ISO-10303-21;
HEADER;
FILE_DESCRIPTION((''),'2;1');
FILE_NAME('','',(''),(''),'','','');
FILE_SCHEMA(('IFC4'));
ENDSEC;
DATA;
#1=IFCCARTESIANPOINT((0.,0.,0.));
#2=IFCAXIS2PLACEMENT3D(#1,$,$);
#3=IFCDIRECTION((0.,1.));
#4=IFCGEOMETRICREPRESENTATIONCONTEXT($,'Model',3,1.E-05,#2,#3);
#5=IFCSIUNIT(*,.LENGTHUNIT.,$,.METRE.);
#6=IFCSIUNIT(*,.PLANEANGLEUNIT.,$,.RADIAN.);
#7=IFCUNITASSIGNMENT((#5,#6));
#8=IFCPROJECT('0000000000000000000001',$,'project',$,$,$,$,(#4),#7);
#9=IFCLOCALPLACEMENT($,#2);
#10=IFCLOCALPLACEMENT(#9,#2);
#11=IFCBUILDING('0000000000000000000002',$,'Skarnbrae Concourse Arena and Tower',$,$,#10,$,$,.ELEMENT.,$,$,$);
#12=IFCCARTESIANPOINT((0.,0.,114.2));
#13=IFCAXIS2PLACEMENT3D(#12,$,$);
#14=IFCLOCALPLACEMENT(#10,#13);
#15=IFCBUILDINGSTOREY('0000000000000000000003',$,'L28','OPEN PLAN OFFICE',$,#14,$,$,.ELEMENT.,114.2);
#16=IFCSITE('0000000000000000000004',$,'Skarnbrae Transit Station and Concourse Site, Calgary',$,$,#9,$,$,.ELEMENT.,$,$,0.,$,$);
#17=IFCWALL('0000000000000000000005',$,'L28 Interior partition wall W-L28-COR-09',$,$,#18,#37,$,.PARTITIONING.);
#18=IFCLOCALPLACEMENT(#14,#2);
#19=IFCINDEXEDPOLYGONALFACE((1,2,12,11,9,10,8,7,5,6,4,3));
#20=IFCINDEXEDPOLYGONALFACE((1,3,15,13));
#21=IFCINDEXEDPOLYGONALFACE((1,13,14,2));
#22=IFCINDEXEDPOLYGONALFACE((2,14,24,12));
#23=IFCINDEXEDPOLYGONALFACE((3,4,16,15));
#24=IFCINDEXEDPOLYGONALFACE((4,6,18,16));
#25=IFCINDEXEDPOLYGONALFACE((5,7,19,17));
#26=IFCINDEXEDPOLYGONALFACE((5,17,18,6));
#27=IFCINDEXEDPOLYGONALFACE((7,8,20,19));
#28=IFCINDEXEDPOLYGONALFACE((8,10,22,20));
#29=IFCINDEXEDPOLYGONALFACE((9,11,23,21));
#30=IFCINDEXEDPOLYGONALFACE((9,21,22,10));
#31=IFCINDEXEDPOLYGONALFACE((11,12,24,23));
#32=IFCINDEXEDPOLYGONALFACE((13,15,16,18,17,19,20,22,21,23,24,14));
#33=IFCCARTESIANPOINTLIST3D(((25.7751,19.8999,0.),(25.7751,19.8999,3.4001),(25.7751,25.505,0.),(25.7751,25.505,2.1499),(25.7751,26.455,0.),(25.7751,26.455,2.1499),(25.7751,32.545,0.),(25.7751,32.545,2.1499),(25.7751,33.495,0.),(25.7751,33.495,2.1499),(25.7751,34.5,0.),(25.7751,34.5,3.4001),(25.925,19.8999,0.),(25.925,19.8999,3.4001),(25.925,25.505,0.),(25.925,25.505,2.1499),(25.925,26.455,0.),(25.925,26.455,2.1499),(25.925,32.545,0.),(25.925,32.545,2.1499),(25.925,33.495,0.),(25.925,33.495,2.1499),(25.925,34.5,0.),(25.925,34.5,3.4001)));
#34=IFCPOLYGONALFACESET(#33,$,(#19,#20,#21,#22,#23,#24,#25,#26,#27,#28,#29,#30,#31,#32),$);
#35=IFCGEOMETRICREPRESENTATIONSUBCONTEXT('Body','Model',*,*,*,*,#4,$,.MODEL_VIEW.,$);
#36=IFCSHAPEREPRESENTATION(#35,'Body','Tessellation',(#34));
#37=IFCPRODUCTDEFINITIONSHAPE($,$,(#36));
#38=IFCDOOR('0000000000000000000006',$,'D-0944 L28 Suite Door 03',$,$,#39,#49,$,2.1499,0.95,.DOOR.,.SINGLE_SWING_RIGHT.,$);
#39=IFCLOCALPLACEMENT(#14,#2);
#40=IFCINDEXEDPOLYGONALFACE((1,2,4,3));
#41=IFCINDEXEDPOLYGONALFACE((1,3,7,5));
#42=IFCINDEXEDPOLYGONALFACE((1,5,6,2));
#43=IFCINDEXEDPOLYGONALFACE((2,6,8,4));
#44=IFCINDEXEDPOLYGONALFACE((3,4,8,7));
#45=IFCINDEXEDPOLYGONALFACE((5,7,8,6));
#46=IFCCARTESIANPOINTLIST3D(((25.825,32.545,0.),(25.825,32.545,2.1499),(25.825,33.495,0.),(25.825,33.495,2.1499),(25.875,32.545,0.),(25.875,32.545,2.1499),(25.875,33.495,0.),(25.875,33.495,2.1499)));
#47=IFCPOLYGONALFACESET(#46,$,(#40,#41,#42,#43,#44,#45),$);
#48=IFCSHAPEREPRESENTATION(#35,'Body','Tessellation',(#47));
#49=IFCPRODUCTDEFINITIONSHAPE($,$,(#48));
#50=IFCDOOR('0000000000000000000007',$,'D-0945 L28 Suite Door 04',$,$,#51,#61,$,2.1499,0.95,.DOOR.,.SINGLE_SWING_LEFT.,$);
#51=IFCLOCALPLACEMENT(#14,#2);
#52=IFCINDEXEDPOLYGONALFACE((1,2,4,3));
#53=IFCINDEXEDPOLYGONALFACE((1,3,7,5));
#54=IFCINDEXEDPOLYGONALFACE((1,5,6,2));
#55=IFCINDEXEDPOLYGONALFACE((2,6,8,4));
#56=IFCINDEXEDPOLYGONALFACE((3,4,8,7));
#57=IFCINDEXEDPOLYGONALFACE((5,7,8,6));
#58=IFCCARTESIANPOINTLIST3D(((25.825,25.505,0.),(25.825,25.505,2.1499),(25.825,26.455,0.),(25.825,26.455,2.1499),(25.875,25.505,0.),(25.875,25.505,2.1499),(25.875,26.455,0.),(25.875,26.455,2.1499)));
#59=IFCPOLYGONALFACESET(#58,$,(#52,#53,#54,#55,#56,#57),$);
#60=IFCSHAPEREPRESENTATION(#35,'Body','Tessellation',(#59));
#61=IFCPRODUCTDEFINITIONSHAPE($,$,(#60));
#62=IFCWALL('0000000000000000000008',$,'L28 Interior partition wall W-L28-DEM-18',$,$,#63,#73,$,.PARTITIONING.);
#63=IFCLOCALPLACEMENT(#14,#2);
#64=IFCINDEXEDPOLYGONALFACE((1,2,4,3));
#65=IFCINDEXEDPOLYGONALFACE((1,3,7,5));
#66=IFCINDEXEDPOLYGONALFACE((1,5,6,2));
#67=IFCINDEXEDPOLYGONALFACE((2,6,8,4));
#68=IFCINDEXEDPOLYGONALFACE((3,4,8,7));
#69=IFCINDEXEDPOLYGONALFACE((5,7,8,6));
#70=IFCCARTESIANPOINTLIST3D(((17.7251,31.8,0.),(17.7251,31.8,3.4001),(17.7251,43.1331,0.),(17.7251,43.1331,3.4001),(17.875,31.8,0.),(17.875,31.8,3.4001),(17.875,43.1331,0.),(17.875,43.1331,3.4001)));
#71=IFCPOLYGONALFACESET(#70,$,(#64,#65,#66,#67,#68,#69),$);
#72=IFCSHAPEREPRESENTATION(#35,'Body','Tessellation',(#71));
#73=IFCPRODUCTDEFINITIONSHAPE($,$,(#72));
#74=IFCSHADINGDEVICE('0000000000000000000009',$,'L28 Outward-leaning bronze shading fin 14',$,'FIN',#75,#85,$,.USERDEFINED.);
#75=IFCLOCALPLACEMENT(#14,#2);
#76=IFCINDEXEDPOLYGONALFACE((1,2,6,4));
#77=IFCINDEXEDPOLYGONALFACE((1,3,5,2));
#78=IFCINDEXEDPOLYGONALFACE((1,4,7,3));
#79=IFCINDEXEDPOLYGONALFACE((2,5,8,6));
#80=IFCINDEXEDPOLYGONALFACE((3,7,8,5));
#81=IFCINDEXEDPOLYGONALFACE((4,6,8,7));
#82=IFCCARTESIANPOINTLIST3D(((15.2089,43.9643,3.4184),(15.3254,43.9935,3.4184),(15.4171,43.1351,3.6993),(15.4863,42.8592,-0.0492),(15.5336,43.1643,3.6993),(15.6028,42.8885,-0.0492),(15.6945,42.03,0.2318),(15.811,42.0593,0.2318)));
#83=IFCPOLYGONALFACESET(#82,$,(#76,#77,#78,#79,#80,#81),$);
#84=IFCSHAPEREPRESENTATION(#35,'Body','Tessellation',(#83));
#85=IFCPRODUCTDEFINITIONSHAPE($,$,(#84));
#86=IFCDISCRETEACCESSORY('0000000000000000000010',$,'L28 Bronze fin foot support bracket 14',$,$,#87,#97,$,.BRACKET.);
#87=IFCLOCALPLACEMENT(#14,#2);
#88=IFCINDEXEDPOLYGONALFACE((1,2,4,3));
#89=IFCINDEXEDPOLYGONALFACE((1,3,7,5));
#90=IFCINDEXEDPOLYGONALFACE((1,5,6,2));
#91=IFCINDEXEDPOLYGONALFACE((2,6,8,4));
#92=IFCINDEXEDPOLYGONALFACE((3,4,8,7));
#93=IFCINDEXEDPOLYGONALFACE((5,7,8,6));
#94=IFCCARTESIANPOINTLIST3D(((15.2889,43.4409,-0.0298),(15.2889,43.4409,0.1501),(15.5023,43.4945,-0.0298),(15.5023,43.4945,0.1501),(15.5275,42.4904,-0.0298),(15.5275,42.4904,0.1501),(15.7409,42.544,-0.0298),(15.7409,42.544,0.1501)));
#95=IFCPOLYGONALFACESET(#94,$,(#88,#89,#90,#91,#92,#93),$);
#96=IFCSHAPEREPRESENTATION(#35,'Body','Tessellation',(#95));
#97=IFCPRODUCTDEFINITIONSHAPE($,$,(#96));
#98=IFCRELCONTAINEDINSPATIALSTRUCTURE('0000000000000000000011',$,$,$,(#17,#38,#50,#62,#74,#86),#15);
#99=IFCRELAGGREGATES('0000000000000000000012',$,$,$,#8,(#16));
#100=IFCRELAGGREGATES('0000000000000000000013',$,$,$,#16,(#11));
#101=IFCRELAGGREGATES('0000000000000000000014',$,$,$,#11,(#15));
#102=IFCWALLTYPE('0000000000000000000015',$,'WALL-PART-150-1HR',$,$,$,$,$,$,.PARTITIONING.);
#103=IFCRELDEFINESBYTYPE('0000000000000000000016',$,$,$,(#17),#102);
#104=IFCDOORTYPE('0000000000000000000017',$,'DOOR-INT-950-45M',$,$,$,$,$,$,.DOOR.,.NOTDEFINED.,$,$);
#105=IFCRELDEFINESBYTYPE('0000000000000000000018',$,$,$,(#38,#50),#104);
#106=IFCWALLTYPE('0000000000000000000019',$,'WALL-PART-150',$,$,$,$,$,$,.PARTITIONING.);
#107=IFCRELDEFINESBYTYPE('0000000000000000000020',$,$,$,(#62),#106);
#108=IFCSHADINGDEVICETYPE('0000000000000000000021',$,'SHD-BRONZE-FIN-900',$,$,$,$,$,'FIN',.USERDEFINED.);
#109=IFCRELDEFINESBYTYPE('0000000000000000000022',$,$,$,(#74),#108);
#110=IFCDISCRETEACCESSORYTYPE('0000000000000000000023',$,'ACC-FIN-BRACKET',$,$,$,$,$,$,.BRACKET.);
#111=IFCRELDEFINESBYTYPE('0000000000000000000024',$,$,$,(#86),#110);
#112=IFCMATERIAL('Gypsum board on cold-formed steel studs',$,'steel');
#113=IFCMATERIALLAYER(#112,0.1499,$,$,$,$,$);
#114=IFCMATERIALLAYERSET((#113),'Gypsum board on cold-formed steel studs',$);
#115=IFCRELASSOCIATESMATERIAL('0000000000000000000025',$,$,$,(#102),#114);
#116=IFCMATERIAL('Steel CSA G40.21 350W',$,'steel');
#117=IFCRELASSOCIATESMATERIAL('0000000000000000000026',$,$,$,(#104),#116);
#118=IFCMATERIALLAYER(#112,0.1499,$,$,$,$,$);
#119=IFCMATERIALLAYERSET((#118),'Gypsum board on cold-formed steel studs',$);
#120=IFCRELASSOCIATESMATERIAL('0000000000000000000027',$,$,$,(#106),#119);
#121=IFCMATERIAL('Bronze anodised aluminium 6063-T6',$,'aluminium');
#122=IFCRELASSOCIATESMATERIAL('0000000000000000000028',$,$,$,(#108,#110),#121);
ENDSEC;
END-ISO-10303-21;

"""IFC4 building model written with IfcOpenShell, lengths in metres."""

from ifc_helpers import new_model, si_unit, direction, frame, frame_2d, origin, origin_2d, place, context, subcontext, project, spatial, rectangle, extrude, source, transform, mapped, material, layer, layer_set, type_object, element, fill, save


model = new_model("IFC4")

# Units and contexts
model_context = context("Model", 3, precision=1e-05, world=origin(), true_north=direction((0.0, 1.0)))
body_context = subcontext(model_context, "Body", "Model", "MODEL_VIEW")
ifc_project = project(units=[si_unit("LENGTHUNIT", "METRE"), si_unit("PLANEANGLEUNIT", "RADIAN")], contexts=[model_context])

# Site, building, storey
site_placement = place(None, origin())
site = spatial("IfcSite", under=ifc_project, at=site_placement, Name="Skarnbrae Transit Station and Concourse Site, Calgary", CompositionType="ELEMENT", RefElevation=0.0)
building_placement = place(site_placement, origin())
building = spatial("IfcBuilding", under=site, at=building_placement, Name="Skarnbrae Concourse Arena and Tower", CompositionType="ELEMENT")
storey_placement = place(building_placement, frame((0.0, 0.0, 114.2)))
storey = spatial("IfcBuildingStorey", under=building, at=storey_placement, Name="L28", Description="OPEN PLAN OFFICE", CompositionType="ELEMENT", Elevation=114.2)

# Shared definitions
ifc_material_1 = material(Name="Steel CSA G40.21 350W", Category="steel")

# Shared definitions
ifc_material_2 = material(Name="Bronze anodised aluminium 6063-T6", Category="aluminium")

# Shared definitions
ifc_material_3 = material(Name="Gypsum board on cold-formed steel studs", Category="steel")
ifc_layer_1 = layer(ifc_material_3, 0.1499)
ifc_layer_set_1 = layer_set([ifc_layer_1], Name="Gypsum board on cold-formed steel studs")
wall_type_1 = type_object("IfcWallType", Name="WALL-PART-150-1HR", PredefinedType="PARTITIONING", material=ifc_layer_set_1)

# Wall, openings, doors
shared_shape_1 = source(origin(), body_context, "Body", "SweptSolid", [
    extrude(rectangle(XDim=14.6001, YDim=0.1499, at=frame_2d((7.3, 0.0))), origin(), (0.0, 0.0, 1.0), 3.4001),
])
wall_1_placement = place(storey_placement, frame((25.8501, 34.5, 0.0), z_axis=(0.0, 0.0, 1.0), x_axis=(0.0, -1.0, 0.0)))
wall_1 = element("IfcWall", 1, at=wall_1_placement, inside=storey, type_object=wall_type_1, Name="L28 Interior partition wall W-L28-COR-09", PredefinedType="PARTITIONING", context=body_context, shape_type="MappedRepresentation", body=[
    mapped(shared_shape_1, transform((0.0, 0.0, 0.0))),
])
opening_1_placement = place(wall_1_placement, frame((1.0049, 0.0, 0.0)))
opening_1 = element("IfcOpeningElement", 2, at=opening_1_placement, cuts=wall_1, PredefinedType="OPENING", context=body_context, shape_type="SweptSolid", body=[
    extrude(rectangle(XDim=0.95, YDim=2.1499, at=frame_2d((0.4751, 1.075))), frame((0.0, 0.085, 0.0), z_axis=(0.0, -1.0, 0.0), x_axis=(1.0, 0.0, 0.0)), (0.0, 0.0, 1.0), 0.1699),
])
opening_2_placement = place(wall_1_placement, frame((8.0449, 0.0, 0.0)))
opening_2 = element("IfcOpeningElement", 3, at=opening_2_placement, cuts=wall_1, PredefinedType="OPENING", context=body_context, shape_type="SweptSolid", body=[
    extrude(rectangle(XDim=0.95, YDim=2.1499, at=frame_2d((0.4751, 1.075))), frame((0.0, 0.085, 0.0), z_axis=(0.0, -1.0, 0.0), x_axis=(1.0, 0.0, 0.0)), (0.0, 0.0, 1.0), 0.1699),
])
door_type = type_object("IfcDoorType", Name="DOOR-INT-950-45M", OperationType="NOTDEFINED", PredefinedType="DOOR", material=ifc_material_1)
shared_shape_2 = source(origin(), body_context, "Body", "SweptSolid", [
    extrude(rectangle(XDim=0.95, YDim=2.1499, at=frame_2d((0.4751, 1.075))), frame((0.0, 0.0249, 0.0), z_axis=(0.0, -1.0, 0.0), x_axis=(1.0, 0.0, 0.0)), (0.0, 0.0, 1.0), 0.05),
])
door_1_placement = place(opening_1_placement, origin())
door_1 = element("IfcDoor", 4, at=door_1_placement, inside=storey, type_object=door_type, Name="D-0944 L28 Suite Door 03", OperationType="SINGLE_SWING_RIGHT", OverallHeight=2.1499, OverallWidth=0.95, PredefinedType="DOOR", context=body_context, shape_type="MappedRepresentation", body=[
    mapped(shared_shape_2, transform((0.0, 0.0, 0.0))),
])
fill(opening_1, door_1)
door_2_placement = place(opening_2_placement, origin())
door_2 = element("IfcDoor", 5, at=door_2_placement, inside=storey, type_object=door_type, Name="D-0945 L28 Suite Door 04", OperationType="SINGLE_SWING_LEFT", OverallHeight=2.1499, OverallWidth=0.95, PredefinedType="DOOR", context=body_context, shape_type="MappedRepresentation", body=[
    mapped(shared_shape_2, transform((0.0, 0.0, 0.0))),
])
fill(opening_2, door_2)

# Wall
ifc_layer_2 = layer(ifc_material_3, 0.1499)
ifc_layer_set_2 = layer_set([ifc_layer_2], Name="Gypsum board on cold-formed steel studs")
wall_type_2 = type_object("IfcWallType", Name="WALL-PART-150", PredefinedType="PARTITIONING", material=ifc_layer_set_2)
shared_shape_3 = source(origin(), body_context, "Body", "SweptSolid", [
    extrude(rectangle(XDim=11.333, YDim=0.1499, at=frame_2d((5.6665, 0.0))), origin(), (0.0, 0.0, 1.0), 3.4001),
])
wall_2_placement = place(storey_placement, frame((17.8, 43.1331, 0.0), z_axis=(0.0, 0.0, 1.0), x_axis=(0.0, -1.0, 0.0)))
element("IfcWall", 6, at=wall_2_placement, inside=storey, type_object=wall_type_2, Name="L28 Interior partition wall W-L28-DEM-18", PredefinedType="PARTITIONING", context=body_context, shape_type="MappedRepresentation", body=[
    mapped(shared_shape_3, transform((0.0, 0.0, 0.0))),
])

# Shading device
shading_device_type = type_object("IfcShadingDeviceType", Name="SHD-BRONZE-FIN-900", ElementType="FIN", PredefinedType="USERDEFINED", material=ifc_material_2)
shared_shape_4 = source(origin(), body_context, "Body", "SweptSolid", [
    extrude(rectangle(XDim=0.1201, YDim=0.8999, at=origin_2d()), origin(), (0.0, 0.0, 1.0), 3.6499),
])
shading_device_placement = place(storey_placement, frame((15.6487, 42.4592, 0.0913), z_axis=(-0.076012, 0.302773, 0.950027), x_axis=(0.969902, 0.243497, 0.0)))
element("IfcShadingDevice", 7, at=shading_device_placement, inside=storey, type_object=shading_device_type, Name="L28 Outward-leaning bronze shading fin 14", ObjectType="FIN", PredefinedType="USERDEFINED", context=body_context, shape_type="MappedRepresentation", body=[
    mapped(shared_shape_4, transform((0.0, 0.0, 0.0))),
])

# Discrete accessory
discrete_accessory_type = type_object("IfcDiscreteAccessoryType", Name="ACC-FIN-BRACKET", PredefinedType="BRACKET", material=ifc_material_2)
shared_shape_5 = source(origin(), body_context, "Body", "SweptSolid", [
    extrude(rectangle(XDim=0.22, YDim=0.98, at=origin_2d()), origin(), (0.0, 0.0, 1.0), 0.1799),
])
discrete_accessory_placement = place(storey_placement, frame((15.5149, 42.9924, -0.0298), z_axis=(0.0, 0.0, 1.0), x_axis=(0.969902, 0.243497, 0.0)))
element("IfcDiscreteAccessory", 8, at=discrete_accessory_placement, inside=storey, type_object=discrete_accessory_type, Name="L28 Bronze fin foot support bracket 14", PredefinedType="BRACKET", context=body_context, shape_type="MappedRepresentation", body=[
    mapped(shared_shape_5, transform((0.0, 0.0, 0.0))),
])

save(model, "model.ifc")
